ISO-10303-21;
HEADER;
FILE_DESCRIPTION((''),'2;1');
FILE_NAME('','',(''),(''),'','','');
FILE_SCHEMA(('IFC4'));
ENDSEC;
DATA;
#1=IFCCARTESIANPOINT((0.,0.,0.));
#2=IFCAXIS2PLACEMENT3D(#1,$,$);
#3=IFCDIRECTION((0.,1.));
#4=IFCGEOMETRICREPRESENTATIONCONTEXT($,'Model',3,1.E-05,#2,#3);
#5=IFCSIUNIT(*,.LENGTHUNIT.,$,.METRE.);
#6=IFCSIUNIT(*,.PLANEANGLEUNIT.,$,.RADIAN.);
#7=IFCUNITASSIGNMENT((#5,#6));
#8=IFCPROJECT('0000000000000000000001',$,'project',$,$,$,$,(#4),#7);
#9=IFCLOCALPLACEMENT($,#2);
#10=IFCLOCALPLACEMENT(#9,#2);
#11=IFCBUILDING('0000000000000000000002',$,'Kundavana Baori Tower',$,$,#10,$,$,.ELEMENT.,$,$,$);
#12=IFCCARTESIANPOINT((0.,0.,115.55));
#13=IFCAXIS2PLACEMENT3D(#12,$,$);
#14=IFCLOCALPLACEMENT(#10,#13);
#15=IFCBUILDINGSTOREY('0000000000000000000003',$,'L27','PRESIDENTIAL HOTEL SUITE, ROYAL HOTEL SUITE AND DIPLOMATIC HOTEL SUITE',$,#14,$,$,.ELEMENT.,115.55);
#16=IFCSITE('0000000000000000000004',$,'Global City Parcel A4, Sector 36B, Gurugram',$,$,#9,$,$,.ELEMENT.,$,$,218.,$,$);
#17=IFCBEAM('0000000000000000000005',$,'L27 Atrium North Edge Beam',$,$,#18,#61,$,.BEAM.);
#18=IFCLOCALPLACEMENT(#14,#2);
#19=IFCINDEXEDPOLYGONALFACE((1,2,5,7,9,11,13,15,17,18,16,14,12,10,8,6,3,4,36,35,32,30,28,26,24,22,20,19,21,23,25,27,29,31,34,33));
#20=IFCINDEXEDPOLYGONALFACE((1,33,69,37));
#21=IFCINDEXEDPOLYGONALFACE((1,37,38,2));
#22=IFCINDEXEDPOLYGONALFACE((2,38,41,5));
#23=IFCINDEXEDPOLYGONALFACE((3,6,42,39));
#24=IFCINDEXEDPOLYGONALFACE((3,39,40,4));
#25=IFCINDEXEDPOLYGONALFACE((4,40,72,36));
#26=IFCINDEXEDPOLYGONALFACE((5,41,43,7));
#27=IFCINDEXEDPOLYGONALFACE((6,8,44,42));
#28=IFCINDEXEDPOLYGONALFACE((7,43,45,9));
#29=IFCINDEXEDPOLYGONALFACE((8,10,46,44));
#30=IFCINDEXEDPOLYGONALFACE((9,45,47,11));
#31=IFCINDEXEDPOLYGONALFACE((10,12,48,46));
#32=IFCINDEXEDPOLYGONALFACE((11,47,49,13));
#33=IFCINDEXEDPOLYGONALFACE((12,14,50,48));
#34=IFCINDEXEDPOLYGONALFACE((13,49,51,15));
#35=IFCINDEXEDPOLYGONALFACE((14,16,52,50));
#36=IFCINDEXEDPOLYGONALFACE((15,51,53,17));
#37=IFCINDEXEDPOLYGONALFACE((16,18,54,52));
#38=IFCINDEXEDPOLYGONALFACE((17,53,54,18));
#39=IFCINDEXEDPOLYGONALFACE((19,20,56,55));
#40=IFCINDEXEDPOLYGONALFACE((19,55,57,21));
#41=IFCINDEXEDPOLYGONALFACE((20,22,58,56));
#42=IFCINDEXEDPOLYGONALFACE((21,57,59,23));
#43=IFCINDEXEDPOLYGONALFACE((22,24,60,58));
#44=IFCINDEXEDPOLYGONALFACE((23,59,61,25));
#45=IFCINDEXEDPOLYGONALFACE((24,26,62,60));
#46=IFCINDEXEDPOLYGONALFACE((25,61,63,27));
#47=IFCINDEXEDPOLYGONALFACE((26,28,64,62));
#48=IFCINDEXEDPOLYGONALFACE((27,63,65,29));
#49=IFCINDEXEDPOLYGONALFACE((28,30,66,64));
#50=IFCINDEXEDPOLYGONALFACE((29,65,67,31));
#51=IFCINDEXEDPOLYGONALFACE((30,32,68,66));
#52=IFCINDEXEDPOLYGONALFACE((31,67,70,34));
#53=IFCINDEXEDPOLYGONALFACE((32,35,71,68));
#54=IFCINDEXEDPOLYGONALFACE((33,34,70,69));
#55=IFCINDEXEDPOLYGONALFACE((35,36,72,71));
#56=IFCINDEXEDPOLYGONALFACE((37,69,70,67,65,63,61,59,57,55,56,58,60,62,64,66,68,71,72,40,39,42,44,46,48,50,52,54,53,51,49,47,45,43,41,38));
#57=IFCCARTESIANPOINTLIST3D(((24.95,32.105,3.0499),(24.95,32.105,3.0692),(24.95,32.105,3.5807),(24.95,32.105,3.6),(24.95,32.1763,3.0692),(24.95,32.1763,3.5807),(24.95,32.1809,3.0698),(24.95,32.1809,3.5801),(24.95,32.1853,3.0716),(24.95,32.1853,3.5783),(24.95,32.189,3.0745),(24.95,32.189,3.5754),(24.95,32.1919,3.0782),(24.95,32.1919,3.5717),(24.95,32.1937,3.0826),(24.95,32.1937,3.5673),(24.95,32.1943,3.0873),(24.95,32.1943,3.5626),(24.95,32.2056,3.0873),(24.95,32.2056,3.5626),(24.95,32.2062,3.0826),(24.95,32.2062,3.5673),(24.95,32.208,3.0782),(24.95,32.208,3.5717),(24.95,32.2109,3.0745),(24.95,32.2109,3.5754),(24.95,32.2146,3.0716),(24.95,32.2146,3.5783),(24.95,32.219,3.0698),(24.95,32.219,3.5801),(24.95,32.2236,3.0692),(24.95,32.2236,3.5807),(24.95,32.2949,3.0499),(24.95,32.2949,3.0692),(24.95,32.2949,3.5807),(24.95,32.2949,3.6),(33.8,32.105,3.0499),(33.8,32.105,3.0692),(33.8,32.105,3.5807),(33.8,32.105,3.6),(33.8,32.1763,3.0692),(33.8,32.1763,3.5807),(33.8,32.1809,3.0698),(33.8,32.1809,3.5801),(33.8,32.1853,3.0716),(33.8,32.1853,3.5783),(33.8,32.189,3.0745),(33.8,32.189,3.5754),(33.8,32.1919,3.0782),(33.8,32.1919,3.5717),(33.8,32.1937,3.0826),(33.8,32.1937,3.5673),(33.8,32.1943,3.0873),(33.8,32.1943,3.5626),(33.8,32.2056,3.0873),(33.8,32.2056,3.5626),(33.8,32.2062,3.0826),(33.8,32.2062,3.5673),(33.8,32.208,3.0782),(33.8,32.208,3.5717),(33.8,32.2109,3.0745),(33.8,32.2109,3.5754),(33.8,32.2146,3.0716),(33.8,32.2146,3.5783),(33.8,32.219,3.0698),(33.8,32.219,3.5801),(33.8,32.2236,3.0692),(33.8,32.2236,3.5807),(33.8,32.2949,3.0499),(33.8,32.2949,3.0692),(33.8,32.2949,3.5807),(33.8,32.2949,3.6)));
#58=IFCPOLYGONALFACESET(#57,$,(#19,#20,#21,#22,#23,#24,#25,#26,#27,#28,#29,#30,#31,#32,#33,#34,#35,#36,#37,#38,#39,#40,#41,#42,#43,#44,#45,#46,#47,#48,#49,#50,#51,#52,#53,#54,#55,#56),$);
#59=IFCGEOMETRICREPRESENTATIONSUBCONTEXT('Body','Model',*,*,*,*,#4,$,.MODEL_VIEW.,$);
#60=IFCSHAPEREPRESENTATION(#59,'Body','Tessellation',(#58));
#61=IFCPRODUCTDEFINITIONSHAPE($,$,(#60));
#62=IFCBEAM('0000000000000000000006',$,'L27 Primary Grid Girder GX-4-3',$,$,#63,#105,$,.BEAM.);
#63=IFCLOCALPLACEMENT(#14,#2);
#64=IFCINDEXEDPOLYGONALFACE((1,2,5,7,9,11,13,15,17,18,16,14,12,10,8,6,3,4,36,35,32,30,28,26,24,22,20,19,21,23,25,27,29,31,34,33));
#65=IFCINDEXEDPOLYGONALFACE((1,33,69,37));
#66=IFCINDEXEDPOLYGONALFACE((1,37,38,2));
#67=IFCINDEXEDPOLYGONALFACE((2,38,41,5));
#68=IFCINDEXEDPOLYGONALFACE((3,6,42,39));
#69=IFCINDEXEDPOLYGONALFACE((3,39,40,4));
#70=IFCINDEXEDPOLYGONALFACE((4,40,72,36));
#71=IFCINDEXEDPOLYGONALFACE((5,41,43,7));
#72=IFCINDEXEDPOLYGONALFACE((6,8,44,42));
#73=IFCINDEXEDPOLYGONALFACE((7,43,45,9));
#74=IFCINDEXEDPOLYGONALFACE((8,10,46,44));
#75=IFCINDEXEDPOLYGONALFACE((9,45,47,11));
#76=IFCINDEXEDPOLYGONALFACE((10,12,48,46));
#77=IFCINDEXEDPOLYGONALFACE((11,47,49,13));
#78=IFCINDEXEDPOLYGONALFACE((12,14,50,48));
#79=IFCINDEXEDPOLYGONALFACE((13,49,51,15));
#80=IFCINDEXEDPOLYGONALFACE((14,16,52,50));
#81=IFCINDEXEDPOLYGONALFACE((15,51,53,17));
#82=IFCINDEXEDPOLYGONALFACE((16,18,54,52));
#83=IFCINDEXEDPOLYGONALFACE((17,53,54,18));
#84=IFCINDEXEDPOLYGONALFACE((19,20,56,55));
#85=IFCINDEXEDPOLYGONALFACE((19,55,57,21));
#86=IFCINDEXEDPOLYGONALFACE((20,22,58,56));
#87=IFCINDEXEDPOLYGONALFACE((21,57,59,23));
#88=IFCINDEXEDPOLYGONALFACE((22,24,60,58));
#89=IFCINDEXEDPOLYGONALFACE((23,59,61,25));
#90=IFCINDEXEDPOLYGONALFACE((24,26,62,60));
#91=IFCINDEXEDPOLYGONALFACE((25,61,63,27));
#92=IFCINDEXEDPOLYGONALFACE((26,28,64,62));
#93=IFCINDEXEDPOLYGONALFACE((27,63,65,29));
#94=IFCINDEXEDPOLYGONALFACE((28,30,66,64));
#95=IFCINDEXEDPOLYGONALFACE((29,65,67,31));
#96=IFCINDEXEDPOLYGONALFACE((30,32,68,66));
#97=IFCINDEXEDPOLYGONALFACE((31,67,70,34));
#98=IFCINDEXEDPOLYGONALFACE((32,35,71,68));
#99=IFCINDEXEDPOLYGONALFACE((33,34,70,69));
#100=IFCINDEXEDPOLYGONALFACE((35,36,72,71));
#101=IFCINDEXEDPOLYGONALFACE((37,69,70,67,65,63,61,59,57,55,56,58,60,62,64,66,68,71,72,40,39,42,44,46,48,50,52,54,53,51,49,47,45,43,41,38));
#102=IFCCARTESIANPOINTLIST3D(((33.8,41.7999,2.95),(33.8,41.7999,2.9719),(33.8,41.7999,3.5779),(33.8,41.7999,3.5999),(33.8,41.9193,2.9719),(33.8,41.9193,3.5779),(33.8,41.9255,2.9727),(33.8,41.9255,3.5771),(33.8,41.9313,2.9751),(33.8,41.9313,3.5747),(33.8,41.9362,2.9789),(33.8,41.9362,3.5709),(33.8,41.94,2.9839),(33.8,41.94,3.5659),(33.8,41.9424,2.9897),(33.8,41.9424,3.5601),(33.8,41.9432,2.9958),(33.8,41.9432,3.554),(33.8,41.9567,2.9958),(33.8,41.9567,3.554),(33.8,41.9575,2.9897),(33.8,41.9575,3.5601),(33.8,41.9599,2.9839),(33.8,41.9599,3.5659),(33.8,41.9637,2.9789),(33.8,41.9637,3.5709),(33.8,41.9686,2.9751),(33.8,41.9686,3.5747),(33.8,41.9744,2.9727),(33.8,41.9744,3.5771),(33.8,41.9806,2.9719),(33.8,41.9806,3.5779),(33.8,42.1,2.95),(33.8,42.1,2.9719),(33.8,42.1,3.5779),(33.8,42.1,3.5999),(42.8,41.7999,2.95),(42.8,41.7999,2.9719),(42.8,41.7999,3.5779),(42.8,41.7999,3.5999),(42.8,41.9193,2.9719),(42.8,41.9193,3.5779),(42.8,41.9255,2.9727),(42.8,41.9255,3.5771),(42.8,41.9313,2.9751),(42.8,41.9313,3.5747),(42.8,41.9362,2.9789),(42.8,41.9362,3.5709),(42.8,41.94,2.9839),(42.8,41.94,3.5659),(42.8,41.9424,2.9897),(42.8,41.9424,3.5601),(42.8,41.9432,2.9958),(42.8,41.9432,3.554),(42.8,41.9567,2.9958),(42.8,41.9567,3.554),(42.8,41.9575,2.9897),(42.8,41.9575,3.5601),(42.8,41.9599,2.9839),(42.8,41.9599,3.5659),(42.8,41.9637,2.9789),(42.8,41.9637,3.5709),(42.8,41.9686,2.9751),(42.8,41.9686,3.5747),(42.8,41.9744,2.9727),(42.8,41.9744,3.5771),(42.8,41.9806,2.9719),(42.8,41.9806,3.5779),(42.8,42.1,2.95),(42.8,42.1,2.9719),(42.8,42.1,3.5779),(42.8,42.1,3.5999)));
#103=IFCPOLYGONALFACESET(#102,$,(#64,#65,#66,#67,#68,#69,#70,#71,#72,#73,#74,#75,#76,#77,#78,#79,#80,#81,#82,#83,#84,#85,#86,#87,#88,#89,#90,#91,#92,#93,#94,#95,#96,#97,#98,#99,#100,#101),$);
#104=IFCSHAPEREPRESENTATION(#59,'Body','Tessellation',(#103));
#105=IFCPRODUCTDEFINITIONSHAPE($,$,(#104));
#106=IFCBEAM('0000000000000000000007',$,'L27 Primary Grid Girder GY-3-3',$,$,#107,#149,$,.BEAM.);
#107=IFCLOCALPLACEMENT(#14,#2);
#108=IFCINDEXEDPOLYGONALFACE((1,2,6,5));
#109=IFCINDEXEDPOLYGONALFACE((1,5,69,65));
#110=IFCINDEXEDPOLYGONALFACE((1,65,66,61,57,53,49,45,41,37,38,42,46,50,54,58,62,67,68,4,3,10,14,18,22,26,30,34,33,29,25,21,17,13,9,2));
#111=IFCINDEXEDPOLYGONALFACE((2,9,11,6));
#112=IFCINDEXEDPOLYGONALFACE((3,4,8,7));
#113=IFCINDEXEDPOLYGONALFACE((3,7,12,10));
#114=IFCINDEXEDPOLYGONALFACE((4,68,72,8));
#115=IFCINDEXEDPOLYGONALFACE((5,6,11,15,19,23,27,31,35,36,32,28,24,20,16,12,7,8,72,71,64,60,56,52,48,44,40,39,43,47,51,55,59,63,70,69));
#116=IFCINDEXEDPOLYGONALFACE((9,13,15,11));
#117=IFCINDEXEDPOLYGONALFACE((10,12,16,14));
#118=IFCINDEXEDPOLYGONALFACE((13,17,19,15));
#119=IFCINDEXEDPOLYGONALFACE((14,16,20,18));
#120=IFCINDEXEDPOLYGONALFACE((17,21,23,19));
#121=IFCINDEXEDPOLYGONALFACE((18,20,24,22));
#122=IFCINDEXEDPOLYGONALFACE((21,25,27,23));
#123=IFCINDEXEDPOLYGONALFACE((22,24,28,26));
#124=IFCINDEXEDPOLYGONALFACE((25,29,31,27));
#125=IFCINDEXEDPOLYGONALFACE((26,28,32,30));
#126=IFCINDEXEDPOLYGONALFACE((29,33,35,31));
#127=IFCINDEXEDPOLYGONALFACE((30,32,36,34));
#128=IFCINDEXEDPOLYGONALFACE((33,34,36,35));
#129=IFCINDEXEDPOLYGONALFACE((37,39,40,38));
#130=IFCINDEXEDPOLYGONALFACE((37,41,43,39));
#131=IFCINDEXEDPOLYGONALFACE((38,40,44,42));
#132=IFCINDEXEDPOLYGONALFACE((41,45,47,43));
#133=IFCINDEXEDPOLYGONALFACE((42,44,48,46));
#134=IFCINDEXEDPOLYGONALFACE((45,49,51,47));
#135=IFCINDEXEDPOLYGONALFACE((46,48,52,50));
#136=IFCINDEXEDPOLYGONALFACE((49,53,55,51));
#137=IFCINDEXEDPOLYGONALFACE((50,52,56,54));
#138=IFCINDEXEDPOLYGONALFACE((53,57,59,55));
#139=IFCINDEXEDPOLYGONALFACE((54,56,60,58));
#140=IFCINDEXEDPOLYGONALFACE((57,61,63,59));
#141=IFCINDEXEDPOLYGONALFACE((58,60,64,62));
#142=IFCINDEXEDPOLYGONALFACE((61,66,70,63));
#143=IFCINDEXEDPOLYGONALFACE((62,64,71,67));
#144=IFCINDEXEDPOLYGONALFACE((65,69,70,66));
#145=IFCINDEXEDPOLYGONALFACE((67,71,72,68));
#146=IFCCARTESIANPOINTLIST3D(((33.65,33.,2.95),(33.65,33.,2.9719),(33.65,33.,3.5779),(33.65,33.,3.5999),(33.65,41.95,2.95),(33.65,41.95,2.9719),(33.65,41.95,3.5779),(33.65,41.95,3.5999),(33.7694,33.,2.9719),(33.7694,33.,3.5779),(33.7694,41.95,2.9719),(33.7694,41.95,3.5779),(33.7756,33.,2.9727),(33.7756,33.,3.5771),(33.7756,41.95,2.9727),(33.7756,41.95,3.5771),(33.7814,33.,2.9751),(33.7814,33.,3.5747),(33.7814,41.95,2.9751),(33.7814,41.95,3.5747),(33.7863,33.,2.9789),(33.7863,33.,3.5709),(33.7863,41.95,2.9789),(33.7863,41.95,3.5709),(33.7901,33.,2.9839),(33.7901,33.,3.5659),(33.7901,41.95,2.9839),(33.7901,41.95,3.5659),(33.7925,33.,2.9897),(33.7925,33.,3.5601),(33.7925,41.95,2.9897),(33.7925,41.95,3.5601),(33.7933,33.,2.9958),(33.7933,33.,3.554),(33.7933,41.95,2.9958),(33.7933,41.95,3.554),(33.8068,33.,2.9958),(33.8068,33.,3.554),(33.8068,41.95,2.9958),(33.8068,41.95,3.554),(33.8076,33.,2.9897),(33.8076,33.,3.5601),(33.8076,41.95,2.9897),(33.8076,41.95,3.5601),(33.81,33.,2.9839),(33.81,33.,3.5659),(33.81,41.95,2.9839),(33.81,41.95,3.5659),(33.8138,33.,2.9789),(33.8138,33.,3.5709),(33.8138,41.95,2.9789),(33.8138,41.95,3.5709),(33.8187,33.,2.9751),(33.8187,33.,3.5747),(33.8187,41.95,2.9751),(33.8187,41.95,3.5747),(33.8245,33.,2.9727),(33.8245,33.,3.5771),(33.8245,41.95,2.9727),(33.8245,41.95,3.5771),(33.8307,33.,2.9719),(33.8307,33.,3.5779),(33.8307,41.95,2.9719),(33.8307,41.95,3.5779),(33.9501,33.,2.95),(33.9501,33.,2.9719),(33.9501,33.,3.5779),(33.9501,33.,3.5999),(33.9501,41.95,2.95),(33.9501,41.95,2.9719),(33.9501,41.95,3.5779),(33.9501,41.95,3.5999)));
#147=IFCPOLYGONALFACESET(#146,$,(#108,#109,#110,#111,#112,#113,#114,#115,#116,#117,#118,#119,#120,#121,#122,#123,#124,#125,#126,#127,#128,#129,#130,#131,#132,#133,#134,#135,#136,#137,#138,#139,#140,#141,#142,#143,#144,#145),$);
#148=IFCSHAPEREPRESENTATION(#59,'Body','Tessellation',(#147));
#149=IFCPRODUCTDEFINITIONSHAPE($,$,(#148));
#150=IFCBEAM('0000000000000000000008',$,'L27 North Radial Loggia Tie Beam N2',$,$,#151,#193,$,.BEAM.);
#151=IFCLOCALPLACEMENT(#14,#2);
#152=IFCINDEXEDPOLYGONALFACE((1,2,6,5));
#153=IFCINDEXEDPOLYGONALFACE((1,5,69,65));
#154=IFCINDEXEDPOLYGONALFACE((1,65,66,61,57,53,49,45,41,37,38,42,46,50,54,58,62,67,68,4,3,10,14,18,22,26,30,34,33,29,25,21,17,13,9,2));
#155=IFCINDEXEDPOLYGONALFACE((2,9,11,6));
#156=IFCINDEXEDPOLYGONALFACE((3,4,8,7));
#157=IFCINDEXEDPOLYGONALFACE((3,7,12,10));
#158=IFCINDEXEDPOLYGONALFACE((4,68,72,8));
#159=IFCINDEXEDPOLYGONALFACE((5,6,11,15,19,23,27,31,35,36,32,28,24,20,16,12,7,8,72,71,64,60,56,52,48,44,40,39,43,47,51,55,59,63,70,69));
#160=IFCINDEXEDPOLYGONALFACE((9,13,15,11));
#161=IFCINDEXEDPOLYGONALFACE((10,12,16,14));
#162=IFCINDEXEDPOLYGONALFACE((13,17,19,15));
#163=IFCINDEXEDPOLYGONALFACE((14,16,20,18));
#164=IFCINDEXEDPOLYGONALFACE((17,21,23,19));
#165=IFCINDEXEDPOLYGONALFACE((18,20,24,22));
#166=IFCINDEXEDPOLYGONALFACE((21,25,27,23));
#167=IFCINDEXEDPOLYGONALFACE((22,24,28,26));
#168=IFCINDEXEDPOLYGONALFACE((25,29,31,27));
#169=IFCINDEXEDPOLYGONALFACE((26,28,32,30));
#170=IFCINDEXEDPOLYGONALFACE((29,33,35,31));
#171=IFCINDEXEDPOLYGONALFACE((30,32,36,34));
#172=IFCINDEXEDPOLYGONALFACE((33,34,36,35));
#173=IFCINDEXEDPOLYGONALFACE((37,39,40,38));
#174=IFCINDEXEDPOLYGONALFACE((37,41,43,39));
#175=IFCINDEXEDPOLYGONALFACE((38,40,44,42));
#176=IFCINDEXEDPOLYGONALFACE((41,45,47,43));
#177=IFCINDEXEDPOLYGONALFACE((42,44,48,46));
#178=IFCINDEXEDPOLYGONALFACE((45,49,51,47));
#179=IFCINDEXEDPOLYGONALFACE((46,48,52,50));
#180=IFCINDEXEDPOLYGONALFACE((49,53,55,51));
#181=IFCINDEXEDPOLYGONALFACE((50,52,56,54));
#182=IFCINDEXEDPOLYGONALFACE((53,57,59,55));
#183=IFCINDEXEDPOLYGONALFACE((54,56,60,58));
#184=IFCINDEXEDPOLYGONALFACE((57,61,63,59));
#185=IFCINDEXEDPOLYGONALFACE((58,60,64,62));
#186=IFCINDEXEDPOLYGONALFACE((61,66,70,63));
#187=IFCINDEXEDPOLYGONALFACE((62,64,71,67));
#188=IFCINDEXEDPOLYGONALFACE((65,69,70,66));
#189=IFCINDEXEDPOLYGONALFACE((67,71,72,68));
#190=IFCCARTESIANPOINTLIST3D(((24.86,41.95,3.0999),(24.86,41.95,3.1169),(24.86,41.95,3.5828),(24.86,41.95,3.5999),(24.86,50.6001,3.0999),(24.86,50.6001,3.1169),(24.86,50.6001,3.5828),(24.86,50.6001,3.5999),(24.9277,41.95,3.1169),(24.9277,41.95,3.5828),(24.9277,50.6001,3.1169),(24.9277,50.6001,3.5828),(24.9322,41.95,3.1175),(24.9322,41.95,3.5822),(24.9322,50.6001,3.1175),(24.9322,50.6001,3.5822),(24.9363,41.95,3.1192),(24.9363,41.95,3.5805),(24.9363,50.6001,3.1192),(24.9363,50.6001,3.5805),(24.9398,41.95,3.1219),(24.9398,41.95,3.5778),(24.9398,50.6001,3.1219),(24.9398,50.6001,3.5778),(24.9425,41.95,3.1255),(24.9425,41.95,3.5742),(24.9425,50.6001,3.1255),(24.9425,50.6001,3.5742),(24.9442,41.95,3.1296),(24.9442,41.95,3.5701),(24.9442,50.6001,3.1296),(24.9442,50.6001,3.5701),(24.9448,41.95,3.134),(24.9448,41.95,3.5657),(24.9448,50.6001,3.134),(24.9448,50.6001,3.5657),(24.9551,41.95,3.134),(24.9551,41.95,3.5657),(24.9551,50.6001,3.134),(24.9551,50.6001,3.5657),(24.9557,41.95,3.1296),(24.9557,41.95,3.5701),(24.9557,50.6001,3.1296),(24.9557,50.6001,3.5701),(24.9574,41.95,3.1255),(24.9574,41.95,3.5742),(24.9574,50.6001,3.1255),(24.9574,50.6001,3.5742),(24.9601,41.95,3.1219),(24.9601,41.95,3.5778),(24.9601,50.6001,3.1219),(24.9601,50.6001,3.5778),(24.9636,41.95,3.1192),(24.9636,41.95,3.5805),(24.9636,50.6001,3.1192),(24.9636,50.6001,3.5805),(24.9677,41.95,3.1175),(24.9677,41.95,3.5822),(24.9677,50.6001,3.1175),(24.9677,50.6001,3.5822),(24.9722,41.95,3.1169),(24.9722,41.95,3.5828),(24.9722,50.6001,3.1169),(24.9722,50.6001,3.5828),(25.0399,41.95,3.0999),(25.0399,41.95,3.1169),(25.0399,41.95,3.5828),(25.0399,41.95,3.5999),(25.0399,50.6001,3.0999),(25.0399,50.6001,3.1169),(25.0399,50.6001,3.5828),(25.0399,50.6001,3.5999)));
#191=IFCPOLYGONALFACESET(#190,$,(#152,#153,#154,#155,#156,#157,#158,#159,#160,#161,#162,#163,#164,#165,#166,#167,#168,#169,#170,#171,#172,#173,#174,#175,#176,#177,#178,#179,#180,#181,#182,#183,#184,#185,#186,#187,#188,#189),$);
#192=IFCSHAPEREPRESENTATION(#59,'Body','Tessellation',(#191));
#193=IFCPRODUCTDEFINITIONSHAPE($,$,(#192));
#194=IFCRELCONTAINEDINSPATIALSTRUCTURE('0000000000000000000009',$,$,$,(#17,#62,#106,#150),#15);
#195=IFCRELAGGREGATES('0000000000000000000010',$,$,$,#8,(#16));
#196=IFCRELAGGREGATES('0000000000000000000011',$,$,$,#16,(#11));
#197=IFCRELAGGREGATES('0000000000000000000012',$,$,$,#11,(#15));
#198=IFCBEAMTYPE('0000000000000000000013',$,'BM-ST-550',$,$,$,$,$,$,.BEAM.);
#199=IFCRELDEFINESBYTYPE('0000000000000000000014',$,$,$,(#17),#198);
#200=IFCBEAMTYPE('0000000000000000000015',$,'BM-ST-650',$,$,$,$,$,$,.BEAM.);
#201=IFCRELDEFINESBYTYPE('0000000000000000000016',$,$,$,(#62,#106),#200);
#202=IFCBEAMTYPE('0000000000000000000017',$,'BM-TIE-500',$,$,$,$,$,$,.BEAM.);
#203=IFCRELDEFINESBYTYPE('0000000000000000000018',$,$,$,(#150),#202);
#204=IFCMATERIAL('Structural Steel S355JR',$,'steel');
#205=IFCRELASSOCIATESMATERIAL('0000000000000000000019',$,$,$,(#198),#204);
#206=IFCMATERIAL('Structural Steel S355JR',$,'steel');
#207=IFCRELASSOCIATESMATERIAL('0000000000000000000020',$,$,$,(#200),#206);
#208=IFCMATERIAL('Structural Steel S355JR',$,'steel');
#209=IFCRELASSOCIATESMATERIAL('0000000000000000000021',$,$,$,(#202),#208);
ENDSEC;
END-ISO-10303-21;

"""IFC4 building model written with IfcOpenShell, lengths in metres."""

from ifc_helpers import new_model, si_unit, direction, frame, origin, origin_2d, place, context, subcontext, project, spatial, i_section, extrude, material, material_profile, profile_set, type_object, element, save


model = new_model("IFC4")

# Units and contexts
model_context = context("Model", 3, precision=1e-05, world=origin(), true_north=direction((0.0, 1.0)))
body_context = subcontext(model_context, "Body", "Model", "MODEL_VIEW")
ifc_project = project(units=[si_unit("LENGTHUNIT", "METRE"), si_unit("PLANEANGLEUNIT", "RADIAN")], contexts=[model_context])

# Site, building, storey
site_placement = place(None, origin())
site = spatial("IfcSite", under=ifc_project, at=site_placement, Name="Global City Parcel A4, Sector 36B, Gurugram", CompositionType="ELEMENT", RefElevation=218.0)
building_placement = place(site_placement, origin())
building = spatial("IfcBuilding", under=site, at=building_placement, Name="Kundavana Baori Tower", CompositionType="ELEMENT")
storey_placement = place(building_placement, frame((0.0, 0.0, 115.55)))
storey = spatial("IfcBuildingStorey", under=building, at=storey_placement, Name="L27", Description="PRESIDENTIAL HOTEL SUITE, ROYAL HOTEL SUITE AND DIPLOMATIC HOTEL SUITE", CompositionType="ELEMENT", Elevation=115.55)

# Beams
ifc_material_1 = material(Name="Structural Steel S355JR", Category="steel")
ifc_material_profile_1 = material_profile(ifc_material_1, i_section(OverallWidth=0.1899, OverallDepth=0.55, WebThickness=0.0112, FlangeThickness=0.0193, FilletRadius=0.0181, at=origin_2d()), Name="ISMB 550")
ifc_profile_set_1 = profile_set([ifc_material_profile_1], Name="Structural Steel S355JR")
beam_type_1 = type_object("IfcBeamType", Name="BM-ST-550", PredefinedType="BEAM", material=ifc_profile_set_1)
beam_1_placement = place(storey_placement, frame((24.95, 32.2, 3.325), z_axis=(1.0, 0.0, 0.0), x_axis=(0.0, 1.0, 0.0)))
element("IfcBeam", 1, at=beam_1_placement, inside=storey, type_object=beam_type_1, Name="L27 Atrium North Edge Beam", PredefinedType="BEAM", context=body_context, shape_type="SweptSolid", body=[
    extrude(i_section(OverallWidth=0.1899, OverallDepth=0.55, WebThickness=0.0112, FlangeThickness=0.0193, FilletRadius=0.0181, at=origin_2d()), origin(), (0.0, 0.0, 1.0), 8.8501),
])
ifc_material_2 = material(Name="Structural Steel S355JR", Category="steel")
ifc_material_profile_2 = material_profile(ifc_material_2, i_section(OverallWidth=0.3, OverallDepth=0.6499, WebThickness=0.0134, FlangeThickness=0.022, FilletRadius=0.0239, at=origin_2d()), Name="NPB 650x300x155")
ifc_profile_set_2 = profile_set([ifc_material_profile_2], Name="Structural Steel S355JR")
beam_type_2 = type_object("IfcBeamType", Name="BM-ST-650", PredefinedType="BEAM", material=ifc_profile_set_2)
beam_2_placement = place(storey_placement, frame((33.8, 41.95, 3.2749), z_axis=(1.0, 0.0, 0.0), x_axis=(0.0, 1.0, 0.0)))
element("IfcBeam", 2, at=beam_2_placement, inside=storey, type_object=beam_type_2, Name="L27 Primary Grid Girder GX-4-3", PredefinedType="BEAM", context=body_context, shape_type="SweptSolid", body=[
    extrude(i_section(OverallWidth=0.3, OverallDepth=0.6499, WebThickness=0.0134, FlangeThickness=0.022, FilletRadius=0.0239, at=origin_2d()), origin(), (0.0, 0.0, 1.0), 9.0),
])
beam_3_placement = place(storey_placement, frame((33.8, 33.0, 3.2749), z_axis=(0.0, 1.0, 0.0), x_axis=(-1.0, 0.0, 0.0)))
element("IfcBeam", 3, at=beam_3_placement, inside=storey, type_object=beam_type_2, Name="L27 Primary Grid Girder GY-3-3", PredefinedType="BEAM", context=body_context, shape_type="SweptSolid", body=[
    extrude(i_section(OverallWidth=0.3, OverallDepth=0.6499, WebThickness=0.0134, FlangeThickness=0.022, FilletRadius=0.0239, at=origin_2d()), origin(), (0.0, 0.0, 1.0), 8.95),
])
ifc_material_3 = material(Name="Structural Steel S355JR", Category="steel")
ifc_material_profile_3 = material_profile(ifc_material_3, i_section(OverallWidth=0.1799, OverallDepth=0.5, WebThickness=0.0103, FlangeThickness=0.0171, FilletRadius=0.0171, at=origin_2d()), Name="ISMB 500")
ifc_profile_set_3 = profile_set([ifc_material_profile_3], Name="Structural Steel S355JR")
beam_type_3 = type_object("IfcBeamType", Name="BM-TIE-500", PredefinedType="BEAM", material=ifc_profile_set_3)
for number, where, z_axis, x_axis, name in (
    (4, (24.95, 41.95, 3.3499), (0.0, 1.0, 0.0), (-1.0, 0.0, 0.0), "L27 North Radial Loggia Tie Beam N2"),
):
    element("IfcBeam", number, at=place(storey_placement, frame(where, z_axis=z_axis, x_axis=x_axis)), inside=storey, type_object=beam_type_3, Name=name, PredefinedType="BEAM", context=body_context, shape_type="SweptSolid", body=[
        extrude(i_section(OverallWidth=0.1799, OverallDepth=0.5, WebThickness=0.0103, FlangeThickness=0.0171, FilletRadius=0.0171, at=origin_2d()), origin(), (0.0, 0.0, 1.0), 8.6501),
    ])

save(model, "model.ifc")
